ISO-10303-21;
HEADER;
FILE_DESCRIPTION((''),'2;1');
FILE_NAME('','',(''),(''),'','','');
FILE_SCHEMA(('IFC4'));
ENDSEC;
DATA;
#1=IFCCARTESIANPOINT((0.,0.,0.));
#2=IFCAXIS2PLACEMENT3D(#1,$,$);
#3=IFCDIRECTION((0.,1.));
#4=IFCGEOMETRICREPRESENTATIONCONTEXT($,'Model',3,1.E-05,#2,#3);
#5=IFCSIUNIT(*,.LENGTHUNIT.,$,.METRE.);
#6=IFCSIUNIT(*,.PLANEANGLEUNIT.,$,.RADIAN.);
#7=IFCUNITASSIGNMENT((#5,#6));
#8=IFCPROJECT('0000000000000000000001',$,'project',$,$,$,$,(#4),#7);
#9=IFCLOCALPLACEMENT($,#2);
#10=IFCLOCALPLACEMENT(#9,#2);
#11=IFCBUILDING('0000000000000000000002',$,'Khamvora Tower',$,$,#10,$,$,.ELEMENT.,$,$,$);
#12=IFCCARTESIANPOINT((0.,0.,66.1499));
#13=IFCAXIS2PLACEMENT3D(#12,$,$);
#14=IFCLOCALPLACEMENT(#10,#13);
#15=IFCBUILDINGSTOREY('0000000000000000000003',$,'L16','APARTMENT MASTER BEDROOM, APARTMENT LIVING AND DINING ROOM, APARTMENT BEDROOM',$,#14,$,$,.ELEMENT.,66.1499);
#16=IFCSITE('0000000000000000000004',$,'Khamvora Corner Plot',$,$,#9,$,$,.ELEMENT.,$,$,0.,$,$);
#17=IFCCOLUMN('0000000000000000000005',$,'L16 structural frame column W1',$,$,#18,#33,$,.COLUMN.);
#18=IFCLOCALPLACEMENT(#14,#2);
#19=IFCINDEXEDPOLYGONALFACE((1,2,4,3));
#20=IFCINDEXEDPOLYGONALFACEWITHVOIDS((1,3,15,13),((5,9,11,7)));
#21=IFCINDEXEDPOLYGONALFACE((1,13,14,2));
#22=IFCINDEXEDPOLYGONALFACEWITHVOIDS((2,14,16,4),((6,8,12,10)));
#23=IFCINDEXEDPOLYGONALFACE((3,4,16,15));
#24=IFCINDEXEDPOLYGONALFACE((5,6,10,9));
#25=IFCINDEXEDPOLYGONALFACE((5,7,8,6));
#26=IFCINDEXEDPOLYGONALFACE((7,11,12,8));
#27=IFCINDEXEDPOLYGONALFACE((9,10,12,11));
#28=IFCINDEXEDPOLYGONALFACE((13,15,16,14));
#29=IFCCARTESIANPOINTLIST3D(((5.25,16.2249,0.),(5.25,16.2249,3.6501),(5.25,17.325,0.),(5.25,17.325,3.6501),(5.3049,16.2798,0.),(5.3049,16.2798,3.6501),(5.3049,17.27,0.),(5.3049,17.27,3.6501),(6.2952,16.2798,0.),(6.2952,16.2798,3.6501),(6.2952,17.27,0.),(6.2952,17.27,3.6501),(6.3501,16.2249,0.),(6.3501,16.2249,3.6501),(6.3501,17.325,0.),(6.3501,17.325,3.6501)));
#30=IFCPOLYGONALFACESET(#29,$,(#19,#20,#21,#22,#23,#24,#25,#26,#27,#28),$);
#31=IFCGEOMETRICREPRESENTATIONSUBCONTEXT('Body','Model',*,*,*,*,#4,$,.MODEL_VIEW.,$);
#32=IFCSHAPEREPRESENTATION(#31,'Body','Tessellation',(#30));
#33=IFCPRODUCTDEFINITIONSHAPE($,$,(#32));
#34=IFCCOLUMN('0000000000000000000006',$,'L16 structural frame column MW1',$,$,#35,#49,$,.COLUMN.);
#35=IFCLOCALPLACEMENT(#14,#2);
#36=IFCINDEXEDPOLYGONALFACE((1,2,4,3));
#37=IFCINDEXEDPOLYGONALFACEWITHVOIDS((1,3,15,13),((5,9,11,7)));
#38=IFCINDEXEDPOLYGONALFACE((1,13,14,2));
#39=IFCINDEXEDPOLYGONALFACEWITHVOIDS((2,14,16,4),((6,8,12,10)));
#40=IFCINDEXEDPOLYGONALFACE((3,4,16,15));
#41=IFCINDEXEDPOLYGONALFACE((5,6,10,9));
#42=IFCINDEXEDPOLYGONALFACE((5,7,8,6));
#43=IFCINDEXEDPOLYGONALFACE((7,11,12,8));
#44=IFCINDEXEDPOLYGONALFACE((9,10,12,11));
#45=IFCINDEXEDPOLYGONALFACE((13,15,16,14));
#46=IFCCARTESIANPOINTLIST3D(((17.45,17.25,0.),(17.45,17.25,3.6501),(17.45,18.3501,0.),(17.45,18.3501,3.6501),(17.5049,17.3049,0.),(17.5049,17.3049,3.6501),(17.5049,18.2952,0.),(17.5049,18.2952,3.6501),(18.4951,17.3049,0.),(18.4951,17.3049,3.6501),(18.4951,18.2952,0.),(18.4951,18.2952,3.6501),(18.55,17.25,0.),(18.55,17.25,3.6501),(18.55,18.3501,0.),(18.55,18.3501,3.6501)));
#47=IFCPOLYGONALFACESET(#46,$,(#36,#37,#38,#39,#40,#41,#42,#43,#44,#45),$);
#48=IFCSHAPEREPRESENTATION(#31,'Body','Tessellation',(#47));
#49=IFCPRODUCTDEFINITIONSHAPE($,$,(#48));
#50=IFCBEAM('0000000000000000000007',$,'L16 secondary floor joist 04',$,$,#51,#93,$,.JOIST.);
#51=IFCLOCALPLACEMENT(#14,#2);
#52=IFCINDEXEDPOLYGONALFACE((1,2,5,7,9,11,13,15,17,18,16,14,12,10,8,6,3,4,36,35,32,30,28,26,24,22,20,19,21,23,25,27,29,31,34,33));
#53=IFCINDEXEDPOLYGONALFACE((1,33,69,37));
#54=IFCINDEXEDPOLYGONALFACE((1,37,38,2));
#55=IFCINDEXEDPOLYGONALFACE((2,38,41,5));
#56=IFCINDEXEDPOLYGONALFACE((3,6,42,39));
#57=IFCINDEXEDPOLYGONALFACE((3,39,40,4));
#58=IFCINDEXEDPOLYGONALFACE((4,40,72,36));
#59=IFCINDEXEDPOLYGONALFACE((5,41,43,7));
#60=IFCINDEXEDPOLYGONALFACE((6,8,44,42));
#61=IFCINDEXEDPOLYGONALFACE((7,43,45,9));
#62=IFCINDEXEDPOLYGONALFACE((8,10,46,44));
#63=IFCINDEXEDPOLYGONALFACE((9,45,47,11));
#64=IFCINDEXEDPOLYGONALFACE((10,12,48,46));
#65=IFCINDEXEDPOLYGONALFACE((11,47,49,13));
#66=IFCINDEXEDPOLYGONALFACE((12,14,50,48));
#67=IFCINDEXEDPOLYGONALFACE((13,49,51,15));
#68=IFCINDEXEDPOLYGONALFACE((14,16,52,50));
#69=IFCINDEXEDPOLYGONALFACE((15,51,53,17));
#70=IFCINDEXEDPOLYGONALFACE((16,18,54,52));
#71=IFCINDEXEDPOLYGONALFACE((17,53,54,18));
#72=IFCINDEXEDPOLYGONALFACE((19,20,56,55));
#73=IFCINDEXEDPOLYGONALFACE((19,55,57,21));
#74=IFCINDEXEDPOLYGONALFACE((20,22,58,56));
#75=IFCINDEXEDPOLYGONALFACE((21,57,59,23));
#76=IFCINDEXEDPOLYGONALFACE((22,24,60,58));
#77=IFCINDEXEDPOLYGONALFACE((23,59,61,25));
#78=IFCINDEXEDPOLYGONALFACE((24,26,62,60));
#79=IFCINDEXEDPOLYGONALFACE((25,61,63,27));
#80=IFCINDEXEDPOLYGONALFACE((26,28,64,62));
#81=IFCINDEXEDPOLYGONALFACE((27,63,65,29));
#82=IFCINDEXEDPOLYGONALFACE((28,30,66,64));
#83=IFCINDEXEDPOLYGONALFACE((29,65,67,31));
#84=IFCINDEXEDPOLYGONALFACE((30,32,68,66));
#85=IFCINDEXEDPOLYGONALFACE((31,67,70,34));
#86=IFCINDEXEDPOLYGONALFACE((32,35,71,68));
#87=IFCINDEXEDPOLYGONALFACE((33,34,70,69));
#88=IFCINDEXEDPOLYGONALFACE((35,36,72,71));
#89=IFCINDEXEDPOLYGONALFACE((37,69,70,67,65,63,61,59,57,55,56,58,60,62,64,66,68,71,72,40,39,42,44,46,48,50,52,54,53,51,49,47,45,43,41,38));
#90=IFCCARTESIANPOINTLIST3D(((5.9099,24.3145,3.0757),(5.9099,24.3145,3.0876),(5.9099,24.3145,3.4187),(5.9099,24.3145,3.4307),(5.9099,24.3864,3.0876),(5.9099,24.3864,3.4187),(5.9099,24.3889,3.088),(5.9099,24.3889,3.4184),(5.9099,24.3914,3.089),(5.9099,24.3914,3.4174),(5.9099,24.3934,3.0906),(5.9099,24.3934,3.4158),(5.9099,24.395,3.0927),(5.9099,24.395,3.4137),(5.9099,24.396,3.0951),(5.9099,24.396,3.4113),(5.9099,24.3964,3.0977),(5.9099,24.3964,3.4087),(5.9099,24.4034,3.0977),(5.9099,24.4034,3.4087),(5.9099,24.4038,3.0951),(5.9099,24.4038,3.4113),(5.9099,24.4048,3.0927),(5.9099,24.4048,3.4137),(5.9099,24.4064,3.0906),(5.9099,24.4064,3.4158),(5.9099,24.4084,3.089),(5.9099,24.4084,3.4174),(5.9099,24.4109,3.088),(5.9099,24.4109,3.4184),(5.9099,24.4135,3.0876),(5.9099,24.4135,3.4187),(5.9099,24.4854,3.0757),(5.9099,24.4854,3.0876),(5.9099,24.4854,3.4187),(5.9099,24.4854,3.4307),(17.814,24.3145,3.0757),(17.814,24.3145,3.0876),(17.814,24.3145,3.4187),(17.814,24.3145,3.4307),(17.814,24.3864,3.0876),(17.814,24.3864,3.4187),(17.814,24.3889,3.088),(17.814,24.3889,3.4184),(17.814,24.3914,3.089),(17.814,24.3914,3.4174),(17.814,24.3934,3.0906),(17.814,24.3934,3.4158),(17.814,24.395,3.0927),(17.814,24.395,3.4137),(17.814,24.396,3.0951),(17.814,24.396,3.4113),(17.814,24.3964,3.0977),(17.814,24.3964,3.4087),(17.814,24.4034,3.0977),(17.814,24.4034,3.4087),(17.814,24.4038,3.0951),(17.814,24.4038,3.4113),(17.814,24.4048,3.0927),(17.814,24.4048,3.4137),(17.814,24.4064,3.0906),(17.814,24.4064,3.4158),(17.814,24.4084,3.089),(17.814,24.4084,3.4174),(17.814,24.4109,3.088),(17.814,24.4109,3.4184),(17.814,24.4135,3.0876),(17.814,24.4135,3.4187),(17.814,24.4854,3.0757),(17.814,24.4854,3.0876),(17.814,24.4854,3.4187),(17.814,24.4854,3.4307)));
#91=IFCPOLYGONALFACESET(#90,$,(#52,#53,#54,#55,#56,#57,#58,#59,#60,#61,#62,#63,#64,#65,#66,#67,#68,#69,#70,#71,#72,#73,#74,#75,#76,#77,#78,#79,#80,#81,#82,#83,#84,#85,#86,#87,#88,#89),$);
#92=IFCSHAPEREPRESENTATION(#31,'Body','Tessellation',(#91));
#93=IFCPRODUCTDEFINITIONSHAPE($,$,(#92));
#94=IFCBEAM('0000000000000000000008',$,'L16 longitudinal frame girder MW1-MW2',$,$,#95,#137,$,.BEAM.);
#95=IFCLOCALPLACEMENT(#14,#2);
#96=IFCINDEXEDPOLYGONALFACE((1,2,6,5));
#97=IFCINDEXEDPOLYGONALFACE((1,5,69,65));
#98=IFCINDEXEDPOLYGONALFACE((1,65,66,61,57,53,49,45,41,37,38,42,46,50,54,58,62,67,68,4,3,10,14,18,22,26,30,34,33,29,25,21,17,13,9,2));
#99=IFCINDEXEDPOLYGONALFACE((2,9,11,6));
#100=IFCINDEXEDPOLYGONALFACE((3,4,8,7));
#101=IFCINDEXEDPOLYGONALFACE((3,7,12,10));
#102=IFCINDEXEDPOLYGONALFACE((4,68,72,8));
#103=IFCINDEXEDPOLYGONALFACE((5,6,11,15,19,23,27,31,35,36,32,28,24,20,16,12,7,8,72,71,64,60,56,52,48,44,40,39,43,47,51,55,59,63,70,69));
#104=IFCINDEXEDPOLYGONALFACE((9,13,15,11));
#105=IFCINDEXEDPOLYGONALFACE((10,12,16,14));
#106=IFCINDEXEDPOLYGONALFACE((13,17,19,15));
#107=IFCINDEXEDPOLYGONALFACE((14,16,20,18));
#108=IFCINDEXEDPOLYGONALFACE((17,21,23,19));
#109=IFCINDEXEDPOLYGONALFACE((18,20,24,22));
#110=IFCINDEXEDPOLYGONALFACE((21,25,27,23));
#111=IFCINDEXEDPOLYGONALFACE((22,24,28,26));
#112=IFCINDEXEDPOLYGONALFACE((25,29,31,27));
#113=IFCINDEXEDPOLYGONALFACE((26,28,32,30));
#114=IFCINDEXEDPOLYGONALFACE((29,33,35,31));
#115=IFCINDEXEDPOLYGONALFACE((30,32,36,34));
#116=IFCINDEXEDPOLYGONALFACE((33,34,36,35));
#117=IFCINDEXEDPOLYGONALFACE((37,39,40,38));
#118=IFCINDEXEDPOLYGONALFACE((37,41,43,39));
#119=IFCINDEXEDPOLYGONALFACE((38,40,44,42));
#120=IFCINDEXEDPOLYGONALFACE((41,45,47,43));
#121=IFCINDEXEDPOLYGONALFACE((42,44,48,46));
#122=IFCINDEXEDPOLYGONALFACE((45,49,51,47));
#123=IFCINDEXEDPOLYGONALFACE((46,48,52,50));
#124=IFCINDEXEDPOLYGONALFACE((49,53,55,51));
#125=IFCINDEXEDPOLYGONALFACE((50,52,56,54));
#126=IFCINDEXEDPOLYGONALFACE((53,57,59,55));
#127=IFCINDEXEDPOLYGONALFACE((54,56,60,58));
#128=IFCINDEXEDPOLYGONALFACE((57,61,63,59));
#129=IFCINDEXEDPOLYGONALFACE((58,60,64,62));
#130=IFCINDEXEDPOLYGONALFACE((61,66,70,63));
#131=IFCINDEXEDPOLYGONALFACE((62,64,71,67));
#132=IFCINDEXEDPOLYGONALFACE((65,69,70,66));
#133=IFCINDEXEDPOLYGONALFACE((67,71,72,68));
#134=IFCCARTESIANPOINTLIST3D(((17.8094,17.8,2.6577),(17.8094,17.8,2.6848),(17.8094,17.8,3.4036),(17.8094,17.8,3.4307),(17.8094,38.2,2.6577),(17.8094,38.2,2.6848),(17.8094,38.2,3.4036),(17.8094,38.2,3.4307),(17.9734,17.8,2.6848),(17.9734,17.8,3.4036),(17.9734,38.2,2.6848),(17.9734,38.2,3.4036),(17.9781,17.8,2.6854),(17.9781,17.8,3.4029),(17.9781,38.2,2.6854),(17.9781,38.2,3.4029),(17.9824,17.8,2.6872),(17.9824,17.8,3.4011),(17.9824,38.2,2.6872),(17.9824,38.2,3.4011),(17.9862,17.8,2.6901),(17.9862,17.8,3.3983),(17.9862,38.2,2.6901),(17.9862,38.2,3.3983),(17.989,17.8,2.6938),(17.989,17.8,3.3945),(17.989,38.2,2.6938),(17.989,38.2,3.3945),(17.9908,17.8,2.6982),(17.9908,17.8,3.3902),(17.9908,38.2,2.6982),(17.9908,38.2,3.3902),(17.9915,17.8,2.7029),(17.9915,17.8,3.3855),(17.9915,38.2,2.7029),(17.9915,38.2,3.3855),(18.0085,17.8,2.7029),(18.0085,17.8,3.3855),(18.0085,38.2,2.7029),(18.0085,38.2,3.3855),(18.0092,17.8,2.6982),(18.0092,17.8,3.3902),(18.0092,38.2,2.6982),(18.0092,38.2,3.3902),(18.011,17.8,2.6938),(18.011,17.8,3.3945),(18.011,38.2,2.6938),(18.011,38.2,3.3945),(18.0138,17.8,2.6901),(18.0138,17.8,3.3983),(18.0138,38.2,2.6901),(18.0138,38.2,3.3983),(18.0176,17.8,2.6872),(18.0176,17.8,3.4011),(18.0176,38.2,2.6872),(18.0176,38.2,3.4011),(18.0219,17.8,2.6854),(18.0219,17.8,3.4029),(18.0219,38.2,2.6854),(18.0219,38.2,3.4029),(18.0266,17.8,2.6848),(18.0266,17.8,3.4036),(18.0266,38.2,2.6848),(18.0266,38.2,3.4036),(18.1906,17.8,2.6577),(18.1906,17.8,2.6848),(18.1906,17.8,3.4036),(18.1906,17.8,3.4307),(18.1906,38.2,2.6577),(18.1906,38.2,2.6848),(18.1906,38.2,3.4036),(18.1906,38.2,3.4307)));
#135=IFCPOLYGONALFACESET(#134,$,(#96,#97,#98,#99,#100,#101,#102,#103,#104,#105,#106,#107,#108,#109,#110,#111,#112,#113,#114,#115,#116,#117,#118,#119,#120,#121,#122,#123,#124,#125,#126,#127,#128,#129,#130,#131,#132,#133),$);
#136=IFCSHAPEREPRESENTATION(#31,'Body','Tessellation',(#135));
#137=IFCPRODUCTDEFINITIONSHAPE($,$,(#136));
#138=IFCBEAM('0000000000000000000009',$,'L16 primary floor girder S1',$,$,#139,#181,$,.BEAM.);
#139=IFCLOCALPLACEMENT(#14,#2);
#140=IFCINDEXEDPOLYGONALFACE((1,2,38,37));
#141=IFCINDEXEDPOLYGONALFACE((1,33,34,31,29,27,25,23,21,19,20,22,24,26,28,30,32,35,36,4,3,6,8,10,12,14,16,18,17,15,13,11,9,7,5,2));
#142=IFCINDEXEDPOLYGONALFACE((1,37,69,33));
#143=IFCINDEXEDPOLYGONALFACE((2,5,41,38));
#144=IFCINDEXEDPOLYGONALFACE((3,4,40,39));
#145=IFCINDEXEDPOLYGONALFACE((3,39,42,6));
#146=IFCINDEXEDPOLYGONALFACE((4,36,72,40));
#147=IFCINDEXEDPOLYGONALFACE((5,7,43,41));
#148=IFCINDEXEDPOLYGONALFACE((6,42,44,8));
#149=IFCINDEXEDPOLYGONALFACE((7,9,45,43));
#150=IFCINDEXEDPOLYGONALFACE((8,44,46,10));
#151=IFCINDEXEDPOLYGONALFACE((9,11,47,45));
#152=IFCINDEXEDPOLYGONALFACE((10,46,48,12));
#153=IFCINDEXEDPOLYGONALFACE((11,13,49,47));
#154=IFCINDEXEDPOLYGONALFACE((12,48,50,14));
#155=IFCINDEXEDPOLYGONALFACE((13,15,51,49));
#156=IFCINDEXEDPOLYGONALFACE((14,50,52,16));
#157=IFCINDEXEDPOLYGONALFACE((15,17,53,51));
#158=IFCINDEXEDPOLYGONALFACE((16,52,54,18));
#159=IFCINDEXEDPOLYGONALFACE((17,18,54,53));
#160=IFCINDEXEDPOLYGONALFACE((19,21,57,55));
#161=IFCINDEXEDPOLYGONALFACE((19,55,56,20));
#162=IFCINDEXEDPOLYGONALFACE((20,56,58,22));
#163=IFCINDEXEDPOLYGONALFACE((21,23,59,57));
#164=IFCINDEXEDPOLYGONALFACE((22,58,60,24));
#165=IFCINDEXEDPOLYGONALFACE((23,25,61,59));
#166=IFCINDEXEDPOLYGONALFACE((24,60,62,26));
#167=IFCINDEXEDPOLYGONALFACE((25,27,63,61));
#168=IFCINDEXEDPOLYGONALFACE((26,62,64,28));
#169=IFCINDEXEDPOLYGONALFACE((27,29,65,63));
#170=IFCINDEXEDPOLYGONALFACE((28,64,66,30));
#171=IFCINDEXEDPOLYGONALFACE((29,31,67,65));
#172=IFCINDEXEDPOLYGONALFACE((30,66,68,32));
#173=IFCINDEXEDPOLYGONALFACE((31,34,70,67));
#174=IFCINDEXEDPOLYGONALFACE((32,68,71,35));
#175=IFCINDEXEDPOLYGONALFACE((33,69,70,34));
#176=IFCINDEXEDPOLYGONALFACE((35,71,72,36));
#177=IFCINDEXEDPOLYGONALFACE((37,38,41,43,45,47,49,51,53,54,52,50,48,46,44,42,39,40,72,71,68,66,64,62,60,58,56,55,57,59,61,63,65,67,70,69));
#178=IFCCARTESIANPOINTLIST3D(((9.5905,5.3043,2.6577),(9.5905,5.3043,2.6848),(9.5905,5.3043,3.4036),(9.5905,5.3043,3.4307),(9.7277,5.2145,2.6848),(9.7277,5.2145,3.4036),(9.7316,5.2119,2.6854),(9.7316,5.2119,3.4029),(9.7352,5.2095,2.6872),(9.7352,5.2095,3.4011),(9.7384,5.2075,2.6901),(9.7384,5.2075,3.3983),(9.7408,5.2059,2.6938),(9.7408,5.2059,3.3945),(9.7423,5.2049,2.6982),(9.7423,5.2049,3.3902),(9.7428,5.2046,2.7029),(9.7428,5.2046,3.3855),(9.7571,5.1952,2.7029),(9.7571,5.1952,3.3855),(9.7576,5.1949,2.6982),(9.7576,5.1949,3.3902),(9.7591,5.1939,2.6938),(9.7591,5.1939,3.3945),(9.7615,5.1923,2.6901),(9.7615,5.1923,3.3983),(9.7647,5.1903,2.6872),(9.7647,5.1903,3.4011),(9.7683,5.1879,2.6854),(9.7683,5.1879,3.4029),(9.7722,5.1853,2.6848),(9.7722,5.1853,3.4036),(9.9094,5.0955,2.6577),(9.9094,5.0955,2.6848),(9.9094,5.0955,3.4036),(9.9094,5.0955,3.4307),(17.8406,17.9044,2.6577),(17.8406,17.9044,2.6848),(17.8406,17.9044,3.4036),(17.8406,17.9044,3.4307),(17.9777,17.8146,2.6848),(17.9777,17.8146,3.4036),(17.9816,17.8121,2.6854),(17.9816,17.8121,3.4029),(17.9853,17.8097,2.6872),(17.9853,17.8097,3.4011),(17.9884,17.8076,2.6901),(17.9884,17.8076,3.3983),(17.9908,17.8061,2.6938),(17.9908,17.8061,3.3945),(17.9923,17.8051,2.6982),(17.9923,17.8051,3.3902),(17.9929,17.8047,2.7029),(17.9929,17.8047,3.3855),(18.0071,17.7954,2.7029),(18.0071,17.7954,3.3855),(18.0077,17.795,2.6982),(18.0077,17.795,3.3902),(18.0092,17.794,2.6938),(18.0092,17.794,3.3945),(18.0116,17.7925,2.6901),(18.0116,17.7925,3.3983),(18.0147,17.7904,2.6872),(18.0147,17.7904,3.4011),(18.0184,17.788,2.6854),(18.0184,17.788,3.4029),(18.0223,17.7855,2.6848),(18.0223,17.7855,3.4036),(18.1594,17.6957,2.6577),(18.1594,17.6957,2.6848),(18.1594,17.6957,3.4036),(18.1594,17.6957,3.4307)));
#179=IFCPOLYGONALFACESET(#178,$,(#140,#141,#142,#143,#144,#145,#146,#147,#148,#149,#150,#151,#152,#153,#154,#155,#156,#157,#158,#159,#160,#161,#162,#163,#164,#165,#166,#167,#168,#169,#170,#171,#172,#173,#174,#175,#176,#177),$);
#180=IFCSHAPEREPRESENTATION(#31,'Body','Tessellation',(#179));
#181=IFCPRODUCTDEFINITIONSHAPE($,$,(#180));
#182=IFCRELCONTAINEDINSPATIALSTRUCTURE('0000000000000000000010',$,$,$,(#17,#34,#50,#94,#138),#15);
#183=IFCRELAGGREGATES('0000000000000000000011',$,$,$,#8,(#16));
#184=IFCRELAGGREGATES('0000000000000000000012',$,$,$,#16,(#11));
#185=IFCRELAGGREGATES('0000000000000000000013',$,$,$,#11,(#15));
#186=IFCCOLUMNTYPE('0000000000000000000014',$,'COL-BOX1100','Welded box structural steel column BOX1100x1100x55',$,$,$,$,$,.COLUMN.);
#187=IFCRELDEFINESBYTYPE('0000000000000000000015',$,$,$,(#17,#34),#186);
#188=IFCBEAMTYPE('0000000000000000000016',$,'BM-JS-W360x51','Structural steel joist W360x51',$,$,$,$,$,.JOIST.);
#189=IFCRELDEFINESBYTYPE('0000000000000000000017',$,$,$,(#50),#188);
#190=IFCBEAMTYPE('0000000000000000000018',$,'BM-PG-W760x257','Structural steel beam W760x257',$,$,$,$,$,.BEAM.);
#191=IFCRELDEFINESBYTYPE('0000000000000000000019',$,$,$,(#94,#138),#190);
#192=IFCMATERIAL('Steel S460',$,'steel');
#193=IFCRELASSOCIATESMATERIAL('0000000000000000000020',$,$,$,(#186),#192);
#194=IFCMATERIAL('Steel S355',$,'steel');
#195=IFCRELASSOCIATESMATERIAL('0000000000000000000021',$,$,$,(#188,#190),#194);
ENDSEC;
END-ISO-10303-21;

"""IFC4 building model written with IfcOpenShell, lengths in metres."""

from ifc_helpers import new_model, si_unit, direction, frame, origin, origin_2d, place, context, subcontext, project, spatial, hollow_rectangle, i_section, extrude, material, material_profile, profile_set, type_object, element, save


model = new_model("IFC4")

# Units and contexts
model_context = context("Model", 3, precision=1e-05, world=origin(), true_north=direction((0.0, 1.0)))
body_context = subcontext(model_context, "Body", "Model", "MODEL_VIEW")
ifc_project = project(units=[si_unit("LENGTHUNIT", "METRE"), si_unit("PLANEANGLEUNIT", "RADIAN")], contexts=[model_context])

# Site, building, storey
site_placement = place(None, origin())
site = spatial("IfcSite", under=ifc_project, at=site_placement, Name="Khamvora Corner Plot", CompositionType="ELEMENT", RefElevation=0.0)
building_placement = place(site_placement, origin())
building = spatial("IfcBuilding", under=site, at=building_placement, Name="Khamvora Tower", CompositionType="ELEMENT")
storey_placement = place(building_placement, frame((0.0, 0.0, 66.1499)))
storey = spatial("IfcBuildingStorey", under=building, at=storey_placement, Name="L16", Description="APARTMENT MASTER BEDROOM, APARTMENT LIVING AND DINING ROOM, APARTMENT BEDROOM", CompositionType="ELEMENT", Elevation=66.1499)

# Columns
ifc_material_1 = material(Name="Steel S460", Category="steel")
ifc_material_profile_1 = material_profile(ifc_material_1, hollow_rectangle(XDim=1.1001, YDim=1.1001, WallThickness=0.0549, at=origin_2d()), Name="BOX1100x1100x55")
ifc_profile_set_1 = profile_set([ifc_material_profile_1], Name="Steel S460")
column_type = type_object("IfcColumnType", Name="COL-BOX1100", Description="Welded box structural steel column BOX1100x1100x55", PredefinedType="COLUMN", material=ifc_profile_set_1)
for number, where, z_axis, x_axis, name in (
    (1, (5.8, 16.7749, 0.0), (0.0, 0.0, 1.0), (1.0, 0.0, 0.0), "L16 structural frame column W1"),
    (2, (18.0, 17.8, 0.0), (0.0, 0.0, 1.0), (1.0, 0.0, 0.0), "L16 structural frame column MW1"),
):
    element("IfcColumn", number, at=place(storey_placement, frame(where, z_axis=z_axis, x_axis=x_axis)), inside=storey, type_object=column_type, Name=name, PredefinedType="COLUMN", context=body_context, shape_type="SweptSolid", body=[
        extrude(hollow_rectangle(XDim=1.1001, YDim=1.1001, WallThickness=0.0549, at=origin_2d()), origin(), (0.0, 0.0, 1.0), 3.6501),
    ])

# Beams
ifc_material_2 = material(Name="Steel S355", Category="steel")
ifc_material_profile_2 = material_profile(ifc_material_2, i_section(OverallWidth=0.1709, OverallDepth=0.355, WebThickness=0.0071, FlangeThickness=0.012, FilletRadius=0.01, at=origin_2d()), Name="W360x51")
ifc_profile_set_2 = profile_set([ifc_material_profile_2], Name="Steel S355")
beam_type_1 = type_object("IfcBeamType", Name="BM-JS-W360x51", Description="Structural steel joist W360x51", PredefinedType="JOIST", material=ifc_profile_set_2)
beam_1_placement = place(storey_placement, frame((5.9099, 24.3999, 3.2532), z_axis=(1.0, 0.0, 0.0), x_axis=(0.0, 1.0, 0.0)))
element("IfcBeam", 3, at=beam_1_placement, inside=storey, type_object=beam_type_1, Name="L16 secondary floor joist 04", PredefinedType="JOIST", context=body_context, shape_type="SweptSolid", body=[
    extrude(i_section(OverallWidth=0.1709, OverallDepth=0.355, WebThickness=0.0071, FlangeThickness=0.012, FilletRadius=0.01, at=origin_2d()), origin(), (0.0, 0.0, 1.0), 11.9041),
])
ifc_material_profile_3 = material_profile(ifc_material_2, i_section(OverallWidth=0.3811, OverallDepth=0.7729, WebThickness=0.0171, FlangeThickness=0.0271, FilletRadius=0.0181, at=origin_2d()), Name="W760x257")
ifc_profile_set_3 = profile_set([ifc_material_profile_3], Name="Steel S355")
beam_type_2 = type_object("IfcBeamType", Name="BM-PG-W760x257", Description="Structural steel beam W760x257", PredefinedType="BEAM", material=ifc_profile_set_3)
beam_2_placement = place(storey_placement, frame((18.0, 17.8, 3.0442), z_axis=(0.0, 1.0, 0.0), x_axis=(-1.0, 0.0, 0.0)))
element("IfcBeam", 4, at=beam_2_placement, inside=storey, type_object=beam_type_2, Name="L16 longitudinal frame girder MW1-MW2", PredefinedType="BEAM", context=body_context, shape_type="SweptSolid", body=[
    extrude(i_section(OverallWidth=0.3811, OverallDepth=0.7729, WebThickness=0.0171, FlangeThickness=0.0271, FilletRadius=0.0181, at=origin_2d()), origin(), (0.0, 0.0, 1.0), 20.3999),
])
beam_3_placement = place(storey_placement, frame((18.0, 17.8, 3.0442), z_axis=(-0.547783, -0.83662, 0.0), x_axis=(0.83662, -0.547783, 0.0)))
element("IfcBeam", 5, at=beam_3_placement, inside=storey, type_object=beam_type_2, Name="L16 primary floor girder S1", PredefinedType="BEAM", context=body_context, shape_type="SweptSolid", body=[
    extrude(i_section(OverallWidth=0.3811, OverallDepth=0.7729, WebThickness=0.0171, FlangeThickness=0.0271, FilletRadius=0.0181, at=origin_2d()), origin(), (0.0, 0.0, 1.0), 15.0608),
])

save(model, "model.ifc")
